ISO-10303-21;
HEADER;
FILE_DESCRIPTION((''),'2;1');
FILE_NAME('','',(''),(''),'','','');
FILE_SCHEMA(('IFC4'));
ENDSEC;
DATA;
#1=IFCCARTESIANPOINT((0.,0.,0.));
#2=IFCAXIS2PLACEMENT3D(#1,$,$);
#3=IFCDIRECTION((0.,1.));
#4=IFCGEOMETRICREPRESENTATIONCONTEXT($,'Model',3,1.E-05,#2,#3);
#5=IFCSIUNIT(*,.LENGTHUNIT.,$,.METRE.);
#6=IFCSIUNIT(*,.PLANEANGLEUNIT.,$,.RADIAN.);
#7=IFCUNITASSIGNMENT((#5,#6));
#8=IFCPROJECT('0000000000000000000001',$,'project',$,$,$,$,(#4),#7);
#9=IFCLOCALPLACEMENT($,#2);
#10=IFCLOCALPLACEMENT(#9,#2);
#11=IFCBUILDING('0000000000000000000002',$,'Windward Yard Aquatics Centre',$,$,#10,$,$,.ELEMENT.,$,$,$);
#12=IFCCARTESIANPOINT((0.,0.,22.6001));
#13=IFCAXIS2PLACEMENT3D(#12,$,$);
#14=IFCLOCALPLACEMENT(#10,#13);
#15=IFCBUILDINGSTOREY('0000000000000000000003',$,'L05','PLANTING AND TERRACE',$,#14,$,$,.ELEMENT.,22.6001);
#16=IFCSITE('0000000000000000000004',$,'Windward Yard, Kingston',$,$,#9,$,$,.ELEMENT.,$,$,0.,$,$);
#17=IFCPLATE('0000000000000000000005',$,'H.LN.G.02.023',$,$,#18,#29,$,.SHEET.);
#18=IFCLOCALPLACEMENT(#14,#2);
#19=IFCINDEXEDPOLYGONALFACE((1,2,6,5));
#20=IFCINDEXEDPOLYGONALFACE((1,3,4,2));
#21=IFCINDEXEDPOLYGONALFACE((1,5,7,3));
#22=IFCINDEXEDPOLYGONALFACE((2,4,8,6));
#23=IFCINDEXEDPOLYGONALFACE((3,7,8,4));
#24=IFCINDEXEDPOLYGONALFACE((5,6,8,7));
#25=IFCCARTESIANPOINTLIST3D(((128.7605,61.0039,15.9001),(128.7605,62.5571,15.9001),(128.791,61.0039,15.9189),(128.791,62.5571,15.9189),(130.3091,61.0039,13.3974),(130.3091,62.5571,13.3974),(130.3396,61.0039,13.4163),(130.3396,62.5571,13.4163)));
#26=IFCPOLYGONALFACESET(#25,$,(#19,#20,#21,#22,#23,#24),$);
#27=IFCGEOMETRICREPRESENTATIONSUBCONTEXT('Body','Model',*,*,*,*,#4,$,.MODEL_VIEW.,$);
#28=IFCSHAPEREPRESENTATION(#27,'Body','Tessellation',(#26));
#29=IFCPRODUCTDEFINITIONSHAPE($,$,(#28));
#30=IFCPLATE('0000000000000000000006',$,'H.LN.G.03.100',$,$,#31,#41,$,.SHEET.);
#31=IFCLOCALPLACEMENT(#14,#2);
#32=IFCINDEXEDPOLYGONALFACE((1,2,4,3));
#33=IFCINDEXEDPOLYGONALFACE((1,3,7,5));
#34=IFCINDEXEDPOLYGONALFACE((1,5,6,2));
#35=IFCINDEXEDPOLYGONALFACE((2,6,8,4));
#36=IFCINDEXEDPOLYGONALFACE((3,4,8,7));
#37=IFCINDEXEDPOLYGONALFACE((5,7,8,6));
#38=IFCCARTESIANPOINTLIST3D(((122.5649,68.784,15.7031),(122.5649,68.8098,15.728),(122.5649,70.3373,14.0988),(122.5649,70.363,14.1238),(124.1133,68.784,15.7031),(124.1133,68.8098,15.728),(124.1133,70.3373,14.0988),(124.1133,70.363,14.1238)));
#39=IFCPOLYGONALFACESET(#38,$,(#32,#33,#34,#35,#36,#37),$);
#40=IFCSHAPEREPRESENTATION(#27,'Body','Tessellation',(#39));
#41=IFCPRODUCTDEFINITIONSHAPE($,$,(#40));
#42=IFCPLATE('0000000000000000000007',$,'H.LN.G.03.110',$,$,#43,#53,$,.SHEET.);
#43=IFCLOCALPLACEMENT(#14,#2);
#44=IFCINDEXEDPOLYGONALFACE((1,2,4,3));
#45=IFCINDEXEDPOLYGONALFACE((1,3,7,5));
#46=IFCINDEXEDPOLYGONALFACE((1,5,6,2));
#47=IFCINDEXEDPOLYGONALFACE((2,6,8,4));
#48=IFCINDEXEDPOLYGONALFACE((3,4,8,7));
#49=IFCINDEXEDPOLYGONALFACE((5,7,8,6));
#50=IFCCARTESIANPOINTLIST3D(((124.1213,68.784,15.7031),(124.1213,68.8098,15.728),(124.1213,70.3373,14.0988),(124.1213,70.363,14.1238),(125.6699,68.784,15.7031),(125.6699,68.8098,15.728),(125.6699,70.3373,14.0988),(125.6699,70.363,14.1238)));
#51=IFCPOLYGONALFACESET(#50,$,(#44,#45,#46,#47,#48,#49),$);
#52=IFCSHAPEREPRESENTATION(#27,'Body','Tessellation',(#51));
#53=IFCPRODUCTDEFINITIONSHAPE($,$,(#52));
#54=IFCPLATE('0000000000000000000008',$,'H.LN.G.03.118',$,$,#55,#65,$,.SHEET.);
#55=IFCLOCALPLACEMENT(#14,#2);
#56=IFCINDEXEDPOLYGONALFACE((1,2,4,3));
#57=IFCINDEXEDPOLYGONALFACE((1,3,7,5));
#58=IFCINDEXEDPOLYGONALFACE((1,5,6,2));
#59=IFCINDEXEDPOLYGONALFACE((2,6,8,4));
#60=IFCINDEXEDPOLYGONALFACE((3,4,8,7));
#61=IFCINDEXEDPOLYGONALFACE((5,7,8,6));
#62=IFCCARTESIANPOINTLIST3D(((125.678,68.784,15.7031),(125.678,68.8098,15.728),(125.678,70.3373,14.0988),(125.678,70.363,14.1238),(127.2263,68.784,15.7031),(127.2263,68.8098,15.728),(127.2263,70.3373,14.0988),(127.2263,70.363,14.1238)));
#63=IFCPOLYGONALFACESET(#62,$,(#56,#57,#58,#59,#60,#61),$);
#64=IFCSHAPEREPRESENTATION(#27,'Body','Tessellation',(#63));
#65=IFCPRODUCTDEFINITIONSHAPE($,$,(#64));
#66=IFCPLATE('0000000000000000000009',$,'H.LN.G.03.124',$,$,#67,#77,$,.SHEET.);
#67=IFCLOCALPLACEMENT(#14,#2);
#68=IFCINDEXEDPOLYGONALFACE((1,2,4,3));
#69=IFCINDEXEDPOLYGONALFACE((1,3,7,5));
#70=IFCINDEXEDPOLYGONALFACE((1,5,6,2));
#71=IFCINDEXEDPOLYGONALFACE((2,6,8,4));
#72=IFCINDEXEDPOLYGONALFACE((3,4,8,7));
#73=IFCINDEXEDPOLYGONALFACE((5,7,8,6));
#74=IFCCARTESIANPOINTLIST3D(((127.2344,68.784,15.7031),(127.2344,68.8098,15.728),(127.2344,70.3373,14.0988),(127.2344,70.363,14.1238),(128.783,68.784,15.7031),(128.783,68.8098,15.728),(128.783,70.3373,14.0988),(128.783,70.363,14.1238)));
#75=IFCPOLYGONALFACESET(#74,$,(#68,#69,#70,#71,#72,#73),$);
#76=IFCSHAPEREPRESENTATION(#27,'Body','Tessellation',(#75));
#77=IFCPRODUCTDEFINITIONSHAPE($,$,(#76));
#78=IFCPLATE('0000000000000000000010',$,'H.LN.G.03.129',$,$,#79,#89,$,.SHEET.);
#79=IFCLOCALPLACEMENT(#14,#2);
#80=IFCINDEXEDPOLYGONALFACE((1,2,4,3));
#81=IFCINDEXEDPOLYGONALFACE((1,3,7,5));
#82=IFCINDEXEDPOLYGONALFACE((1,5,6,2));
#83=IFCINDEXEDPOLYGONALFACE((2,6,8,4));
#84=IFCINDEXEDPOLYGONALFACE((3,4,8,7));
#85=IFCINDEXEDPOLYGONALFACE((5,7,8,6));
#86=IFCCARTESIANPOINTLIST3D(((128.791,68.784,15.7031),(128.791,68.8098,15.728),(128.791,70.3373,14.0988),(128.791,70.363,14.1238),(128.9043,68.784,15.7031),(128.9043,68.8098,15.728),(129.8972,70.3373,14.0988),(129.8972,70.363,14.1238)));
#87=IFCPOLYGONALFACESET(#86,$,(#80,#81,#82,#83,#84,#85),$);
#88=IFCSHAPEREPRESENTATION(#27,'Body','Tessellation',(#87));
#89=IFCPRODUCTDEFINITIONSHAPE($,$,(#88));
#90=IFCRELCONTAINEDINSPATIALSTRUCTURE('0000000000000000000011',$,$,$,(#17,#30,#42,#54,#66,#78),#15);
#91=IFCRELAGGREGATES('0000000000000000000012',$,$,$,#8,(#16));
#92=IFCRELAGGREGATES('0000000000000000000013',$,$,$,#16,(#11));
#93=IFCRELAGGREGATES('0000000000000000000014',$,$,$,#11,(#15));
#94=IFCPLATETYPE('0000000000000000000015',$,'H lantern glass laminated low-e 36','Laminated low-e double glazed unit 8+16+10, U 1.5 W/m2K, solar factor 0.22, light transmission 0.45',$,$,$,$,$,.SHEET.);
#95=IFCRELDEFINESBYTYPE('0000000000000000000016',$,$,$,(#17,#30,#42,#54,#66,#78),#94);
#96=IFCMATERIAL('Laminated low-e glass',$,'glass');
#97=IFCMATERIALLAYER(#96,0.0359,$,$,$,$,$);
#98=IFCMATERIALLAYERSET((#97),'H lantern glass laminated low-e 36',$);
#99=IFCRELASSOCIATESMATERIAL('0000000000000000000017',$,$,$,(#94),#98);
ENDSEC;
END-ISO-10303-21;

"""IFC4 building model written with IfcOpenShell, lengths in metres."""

from ifc_helpers import new_model, si_unit, direction, frame, origin, place, context, subcontext, project, spatial, polyline, outline, extrude, material, layer, layer_set, type_object, element, save


model = new_model("IFC4")

# Units and contexts
model_context = context("Model", 3, precision=1e-05, world=origin(), true_north=direction((0.0, 1.0)))
body_context = subcontext(model_context, "Body", "Model", "MODEL_VIEW")
ifc_project = project(units=[si_unit("LENGTHUNIT", "METRE"), si_unit("PLANEANGLEUNIT", "RADIAN")], contexts=[model_context])

# Site, building, storey
site_placement = place(None, origin())
site = spatial("IfcSite", under=ifc_project, at=site_placement, Name="Windward Yard, Kingston", CompositionType="ELEMENT", RefElevation=0.0)
building_placement = place(site_placement, origin())
building = spatial("IfcBuilding", under=site, at=building_placement, Name="Windward Yard Aquatics Centre", CompositionType="ELEMENT")
storey_placement = place(building_placement, frame((0.0, 0.0, 22.6001)))
storey = spatial("IfcBuildingStorey", under=building, at=storey_placement, Name="L05", Description="PLANTING AND TERRACE", CompositionType="ELEMENT", Elevation=22.6001)

# Plates
ifc_material_1 = material(Name="Laminated low-e glass", Category="glass")
ifc_layer = layer(ifc_material_1, 0.0359)
ifc_layer_set = layer_set([ifc_layer], Name="H lantern glass laminated low-e 36")
plate_type = type_object("IfcPlateType", Name="H lantern glass laminated low-e 36", Description="Laminated low-e double glazed unit 8+16+10, U 1.5 W/m2K, solar factor 0.22, light transmission 0.45", PredefinedType="SHEET", material=ifc_layer_set)
for number, where, z_axis, x_axis, name in (
    (1, (128.791, 61.0039, 15.9189), (0.850371, 0.0, 0.526183), (0.0, 1.0, 0.0), "H.LN.G.02.023"),
):
    element("IfcPlate", number, at=place(storey_placement, frame(where, z_axis=z_axis, x_axis=x_axis)), inside=storey, type_object=plate_type, Name=name, PredefinedType="SHEET", context=body_context, shape_type="SweptSolid", body=[
        extrude(outline(polyline([(0.0, 0.0), (1.5532, 0.0), (1.5532, -2.9431), (0.0, -2.9431), (0.0, 0.0)])), origin(), (0.0, 0.0, -1.0), 0.0359),
    ])
plate_1_placement = place(storey_placement, frame((122.5649, 68.8098, 15.728), z_axis=(0.0, 0.71844, 0.695589), x_axis=(0.0, 0.695589, -0.71844)))
element("IfcPlate", 2, at=plate_1_placement, inside=storey, type_object=plate_type, Name="H.LN.G.03.100", PredefinedType="SHEET", context=body_context, shape_type="SweptSolid", body=[
    extrude(outline(polyline([(0.0, 0.0), (2.233, 0.0), (2.233, -1.5483), (0.0, -1.5483), (0.0, 0.0)])), origin(), (0.0, 0.0, -1.0), 0.0359),
])
plate_2_placement = place(storey_placement, frame((124.1213, 68.8098, 15.728), z_axis=(0.0, 0.71844, 0.695589), x_axis=(0.0, 0.695589, -0.71844)))
element("IfcPlate", 3, at=plate_2_placement, inside=storey, type_object=plate_type, Name="H.LN.G.03.110", PredefinedType="SHEET", context=body_context, shape_type="SweptSolid", body=[
    extrude(outline(polyline([(0.0, 0.0), (2.233, 0.0), (2.233, -1.5486), (0.0, -1.5486), (0.0, 0.0)])), origin(), (0.0, 0.0, -1.0), 0.0359),
])
plate_3_placement = place(storey_placement, frame((125.678, 68.8098, 15.728), z_axis=(0.0, 0.71844, 0.695589), x_axis=(0.0, 0.695589, -0.71844)))
element("IfcPlate", 4, at=plate_3_placement, inside=storey, type_object=plate_type, Name="H.LN.G.03.118", PredefinedType="SHEET", context=body_context, shape_type="SweptSolid", body=[
    extrude(outline(polyline([(0.0, 0.0), (2.233, 0.0), (2.233, -1.5483), (0.0, -1.5483), (0.0, 0.0)])), origin(), (0.0, 0.0, -1.0), 0.0359),
])
plate_4_placement = place(storey_placement, frame((127.2344, 68.8098, 15.728), z_axis=(0.0, 0.71844, 0.695589), x_axis=(0.0, 0.695589, -0.71844)))
element("IfcPlate", 5, at=plate_4_placement, inside=storey, type_object=plate_type, Name="H.LN.G.03.124", PredefinedType="SHEET", context=body_context, shape_type="SweptSolid", body=[
    extrude(outline(polyline([(0.0, 0.0), (2.233, 0.0), (2.233, -1.5486), (0.0, -1.5486), (0.0, 0.0)])), origin(), (0.0, 0.0, -1.0), 0.0359),
])
plate_5_placement = place(storey_placement, frame((128.791, 68.8098, 15.728), z_axis=(0.0, 0.71844, 0.695589), x_axis=(0.0, 0.695589, -0.71844)))
element("IfcPlate", 6, at=plate_5_placement, inside=storey, type_object=plate_type, Name="H.LN.G.03.129", PredefinedType="SHEET", context=body_context, shape_type="SweptSolid", body=[
    extrude(outline(polyline([(0.0, 0.0), (2.233, 0.0), (2.233, -1.1062), (0.0, -0.1133), (0.0, 0.0)])), origin(), (0.0, 0.0, -1.0), 0.0359),
])

save(model, "model.ifc")
